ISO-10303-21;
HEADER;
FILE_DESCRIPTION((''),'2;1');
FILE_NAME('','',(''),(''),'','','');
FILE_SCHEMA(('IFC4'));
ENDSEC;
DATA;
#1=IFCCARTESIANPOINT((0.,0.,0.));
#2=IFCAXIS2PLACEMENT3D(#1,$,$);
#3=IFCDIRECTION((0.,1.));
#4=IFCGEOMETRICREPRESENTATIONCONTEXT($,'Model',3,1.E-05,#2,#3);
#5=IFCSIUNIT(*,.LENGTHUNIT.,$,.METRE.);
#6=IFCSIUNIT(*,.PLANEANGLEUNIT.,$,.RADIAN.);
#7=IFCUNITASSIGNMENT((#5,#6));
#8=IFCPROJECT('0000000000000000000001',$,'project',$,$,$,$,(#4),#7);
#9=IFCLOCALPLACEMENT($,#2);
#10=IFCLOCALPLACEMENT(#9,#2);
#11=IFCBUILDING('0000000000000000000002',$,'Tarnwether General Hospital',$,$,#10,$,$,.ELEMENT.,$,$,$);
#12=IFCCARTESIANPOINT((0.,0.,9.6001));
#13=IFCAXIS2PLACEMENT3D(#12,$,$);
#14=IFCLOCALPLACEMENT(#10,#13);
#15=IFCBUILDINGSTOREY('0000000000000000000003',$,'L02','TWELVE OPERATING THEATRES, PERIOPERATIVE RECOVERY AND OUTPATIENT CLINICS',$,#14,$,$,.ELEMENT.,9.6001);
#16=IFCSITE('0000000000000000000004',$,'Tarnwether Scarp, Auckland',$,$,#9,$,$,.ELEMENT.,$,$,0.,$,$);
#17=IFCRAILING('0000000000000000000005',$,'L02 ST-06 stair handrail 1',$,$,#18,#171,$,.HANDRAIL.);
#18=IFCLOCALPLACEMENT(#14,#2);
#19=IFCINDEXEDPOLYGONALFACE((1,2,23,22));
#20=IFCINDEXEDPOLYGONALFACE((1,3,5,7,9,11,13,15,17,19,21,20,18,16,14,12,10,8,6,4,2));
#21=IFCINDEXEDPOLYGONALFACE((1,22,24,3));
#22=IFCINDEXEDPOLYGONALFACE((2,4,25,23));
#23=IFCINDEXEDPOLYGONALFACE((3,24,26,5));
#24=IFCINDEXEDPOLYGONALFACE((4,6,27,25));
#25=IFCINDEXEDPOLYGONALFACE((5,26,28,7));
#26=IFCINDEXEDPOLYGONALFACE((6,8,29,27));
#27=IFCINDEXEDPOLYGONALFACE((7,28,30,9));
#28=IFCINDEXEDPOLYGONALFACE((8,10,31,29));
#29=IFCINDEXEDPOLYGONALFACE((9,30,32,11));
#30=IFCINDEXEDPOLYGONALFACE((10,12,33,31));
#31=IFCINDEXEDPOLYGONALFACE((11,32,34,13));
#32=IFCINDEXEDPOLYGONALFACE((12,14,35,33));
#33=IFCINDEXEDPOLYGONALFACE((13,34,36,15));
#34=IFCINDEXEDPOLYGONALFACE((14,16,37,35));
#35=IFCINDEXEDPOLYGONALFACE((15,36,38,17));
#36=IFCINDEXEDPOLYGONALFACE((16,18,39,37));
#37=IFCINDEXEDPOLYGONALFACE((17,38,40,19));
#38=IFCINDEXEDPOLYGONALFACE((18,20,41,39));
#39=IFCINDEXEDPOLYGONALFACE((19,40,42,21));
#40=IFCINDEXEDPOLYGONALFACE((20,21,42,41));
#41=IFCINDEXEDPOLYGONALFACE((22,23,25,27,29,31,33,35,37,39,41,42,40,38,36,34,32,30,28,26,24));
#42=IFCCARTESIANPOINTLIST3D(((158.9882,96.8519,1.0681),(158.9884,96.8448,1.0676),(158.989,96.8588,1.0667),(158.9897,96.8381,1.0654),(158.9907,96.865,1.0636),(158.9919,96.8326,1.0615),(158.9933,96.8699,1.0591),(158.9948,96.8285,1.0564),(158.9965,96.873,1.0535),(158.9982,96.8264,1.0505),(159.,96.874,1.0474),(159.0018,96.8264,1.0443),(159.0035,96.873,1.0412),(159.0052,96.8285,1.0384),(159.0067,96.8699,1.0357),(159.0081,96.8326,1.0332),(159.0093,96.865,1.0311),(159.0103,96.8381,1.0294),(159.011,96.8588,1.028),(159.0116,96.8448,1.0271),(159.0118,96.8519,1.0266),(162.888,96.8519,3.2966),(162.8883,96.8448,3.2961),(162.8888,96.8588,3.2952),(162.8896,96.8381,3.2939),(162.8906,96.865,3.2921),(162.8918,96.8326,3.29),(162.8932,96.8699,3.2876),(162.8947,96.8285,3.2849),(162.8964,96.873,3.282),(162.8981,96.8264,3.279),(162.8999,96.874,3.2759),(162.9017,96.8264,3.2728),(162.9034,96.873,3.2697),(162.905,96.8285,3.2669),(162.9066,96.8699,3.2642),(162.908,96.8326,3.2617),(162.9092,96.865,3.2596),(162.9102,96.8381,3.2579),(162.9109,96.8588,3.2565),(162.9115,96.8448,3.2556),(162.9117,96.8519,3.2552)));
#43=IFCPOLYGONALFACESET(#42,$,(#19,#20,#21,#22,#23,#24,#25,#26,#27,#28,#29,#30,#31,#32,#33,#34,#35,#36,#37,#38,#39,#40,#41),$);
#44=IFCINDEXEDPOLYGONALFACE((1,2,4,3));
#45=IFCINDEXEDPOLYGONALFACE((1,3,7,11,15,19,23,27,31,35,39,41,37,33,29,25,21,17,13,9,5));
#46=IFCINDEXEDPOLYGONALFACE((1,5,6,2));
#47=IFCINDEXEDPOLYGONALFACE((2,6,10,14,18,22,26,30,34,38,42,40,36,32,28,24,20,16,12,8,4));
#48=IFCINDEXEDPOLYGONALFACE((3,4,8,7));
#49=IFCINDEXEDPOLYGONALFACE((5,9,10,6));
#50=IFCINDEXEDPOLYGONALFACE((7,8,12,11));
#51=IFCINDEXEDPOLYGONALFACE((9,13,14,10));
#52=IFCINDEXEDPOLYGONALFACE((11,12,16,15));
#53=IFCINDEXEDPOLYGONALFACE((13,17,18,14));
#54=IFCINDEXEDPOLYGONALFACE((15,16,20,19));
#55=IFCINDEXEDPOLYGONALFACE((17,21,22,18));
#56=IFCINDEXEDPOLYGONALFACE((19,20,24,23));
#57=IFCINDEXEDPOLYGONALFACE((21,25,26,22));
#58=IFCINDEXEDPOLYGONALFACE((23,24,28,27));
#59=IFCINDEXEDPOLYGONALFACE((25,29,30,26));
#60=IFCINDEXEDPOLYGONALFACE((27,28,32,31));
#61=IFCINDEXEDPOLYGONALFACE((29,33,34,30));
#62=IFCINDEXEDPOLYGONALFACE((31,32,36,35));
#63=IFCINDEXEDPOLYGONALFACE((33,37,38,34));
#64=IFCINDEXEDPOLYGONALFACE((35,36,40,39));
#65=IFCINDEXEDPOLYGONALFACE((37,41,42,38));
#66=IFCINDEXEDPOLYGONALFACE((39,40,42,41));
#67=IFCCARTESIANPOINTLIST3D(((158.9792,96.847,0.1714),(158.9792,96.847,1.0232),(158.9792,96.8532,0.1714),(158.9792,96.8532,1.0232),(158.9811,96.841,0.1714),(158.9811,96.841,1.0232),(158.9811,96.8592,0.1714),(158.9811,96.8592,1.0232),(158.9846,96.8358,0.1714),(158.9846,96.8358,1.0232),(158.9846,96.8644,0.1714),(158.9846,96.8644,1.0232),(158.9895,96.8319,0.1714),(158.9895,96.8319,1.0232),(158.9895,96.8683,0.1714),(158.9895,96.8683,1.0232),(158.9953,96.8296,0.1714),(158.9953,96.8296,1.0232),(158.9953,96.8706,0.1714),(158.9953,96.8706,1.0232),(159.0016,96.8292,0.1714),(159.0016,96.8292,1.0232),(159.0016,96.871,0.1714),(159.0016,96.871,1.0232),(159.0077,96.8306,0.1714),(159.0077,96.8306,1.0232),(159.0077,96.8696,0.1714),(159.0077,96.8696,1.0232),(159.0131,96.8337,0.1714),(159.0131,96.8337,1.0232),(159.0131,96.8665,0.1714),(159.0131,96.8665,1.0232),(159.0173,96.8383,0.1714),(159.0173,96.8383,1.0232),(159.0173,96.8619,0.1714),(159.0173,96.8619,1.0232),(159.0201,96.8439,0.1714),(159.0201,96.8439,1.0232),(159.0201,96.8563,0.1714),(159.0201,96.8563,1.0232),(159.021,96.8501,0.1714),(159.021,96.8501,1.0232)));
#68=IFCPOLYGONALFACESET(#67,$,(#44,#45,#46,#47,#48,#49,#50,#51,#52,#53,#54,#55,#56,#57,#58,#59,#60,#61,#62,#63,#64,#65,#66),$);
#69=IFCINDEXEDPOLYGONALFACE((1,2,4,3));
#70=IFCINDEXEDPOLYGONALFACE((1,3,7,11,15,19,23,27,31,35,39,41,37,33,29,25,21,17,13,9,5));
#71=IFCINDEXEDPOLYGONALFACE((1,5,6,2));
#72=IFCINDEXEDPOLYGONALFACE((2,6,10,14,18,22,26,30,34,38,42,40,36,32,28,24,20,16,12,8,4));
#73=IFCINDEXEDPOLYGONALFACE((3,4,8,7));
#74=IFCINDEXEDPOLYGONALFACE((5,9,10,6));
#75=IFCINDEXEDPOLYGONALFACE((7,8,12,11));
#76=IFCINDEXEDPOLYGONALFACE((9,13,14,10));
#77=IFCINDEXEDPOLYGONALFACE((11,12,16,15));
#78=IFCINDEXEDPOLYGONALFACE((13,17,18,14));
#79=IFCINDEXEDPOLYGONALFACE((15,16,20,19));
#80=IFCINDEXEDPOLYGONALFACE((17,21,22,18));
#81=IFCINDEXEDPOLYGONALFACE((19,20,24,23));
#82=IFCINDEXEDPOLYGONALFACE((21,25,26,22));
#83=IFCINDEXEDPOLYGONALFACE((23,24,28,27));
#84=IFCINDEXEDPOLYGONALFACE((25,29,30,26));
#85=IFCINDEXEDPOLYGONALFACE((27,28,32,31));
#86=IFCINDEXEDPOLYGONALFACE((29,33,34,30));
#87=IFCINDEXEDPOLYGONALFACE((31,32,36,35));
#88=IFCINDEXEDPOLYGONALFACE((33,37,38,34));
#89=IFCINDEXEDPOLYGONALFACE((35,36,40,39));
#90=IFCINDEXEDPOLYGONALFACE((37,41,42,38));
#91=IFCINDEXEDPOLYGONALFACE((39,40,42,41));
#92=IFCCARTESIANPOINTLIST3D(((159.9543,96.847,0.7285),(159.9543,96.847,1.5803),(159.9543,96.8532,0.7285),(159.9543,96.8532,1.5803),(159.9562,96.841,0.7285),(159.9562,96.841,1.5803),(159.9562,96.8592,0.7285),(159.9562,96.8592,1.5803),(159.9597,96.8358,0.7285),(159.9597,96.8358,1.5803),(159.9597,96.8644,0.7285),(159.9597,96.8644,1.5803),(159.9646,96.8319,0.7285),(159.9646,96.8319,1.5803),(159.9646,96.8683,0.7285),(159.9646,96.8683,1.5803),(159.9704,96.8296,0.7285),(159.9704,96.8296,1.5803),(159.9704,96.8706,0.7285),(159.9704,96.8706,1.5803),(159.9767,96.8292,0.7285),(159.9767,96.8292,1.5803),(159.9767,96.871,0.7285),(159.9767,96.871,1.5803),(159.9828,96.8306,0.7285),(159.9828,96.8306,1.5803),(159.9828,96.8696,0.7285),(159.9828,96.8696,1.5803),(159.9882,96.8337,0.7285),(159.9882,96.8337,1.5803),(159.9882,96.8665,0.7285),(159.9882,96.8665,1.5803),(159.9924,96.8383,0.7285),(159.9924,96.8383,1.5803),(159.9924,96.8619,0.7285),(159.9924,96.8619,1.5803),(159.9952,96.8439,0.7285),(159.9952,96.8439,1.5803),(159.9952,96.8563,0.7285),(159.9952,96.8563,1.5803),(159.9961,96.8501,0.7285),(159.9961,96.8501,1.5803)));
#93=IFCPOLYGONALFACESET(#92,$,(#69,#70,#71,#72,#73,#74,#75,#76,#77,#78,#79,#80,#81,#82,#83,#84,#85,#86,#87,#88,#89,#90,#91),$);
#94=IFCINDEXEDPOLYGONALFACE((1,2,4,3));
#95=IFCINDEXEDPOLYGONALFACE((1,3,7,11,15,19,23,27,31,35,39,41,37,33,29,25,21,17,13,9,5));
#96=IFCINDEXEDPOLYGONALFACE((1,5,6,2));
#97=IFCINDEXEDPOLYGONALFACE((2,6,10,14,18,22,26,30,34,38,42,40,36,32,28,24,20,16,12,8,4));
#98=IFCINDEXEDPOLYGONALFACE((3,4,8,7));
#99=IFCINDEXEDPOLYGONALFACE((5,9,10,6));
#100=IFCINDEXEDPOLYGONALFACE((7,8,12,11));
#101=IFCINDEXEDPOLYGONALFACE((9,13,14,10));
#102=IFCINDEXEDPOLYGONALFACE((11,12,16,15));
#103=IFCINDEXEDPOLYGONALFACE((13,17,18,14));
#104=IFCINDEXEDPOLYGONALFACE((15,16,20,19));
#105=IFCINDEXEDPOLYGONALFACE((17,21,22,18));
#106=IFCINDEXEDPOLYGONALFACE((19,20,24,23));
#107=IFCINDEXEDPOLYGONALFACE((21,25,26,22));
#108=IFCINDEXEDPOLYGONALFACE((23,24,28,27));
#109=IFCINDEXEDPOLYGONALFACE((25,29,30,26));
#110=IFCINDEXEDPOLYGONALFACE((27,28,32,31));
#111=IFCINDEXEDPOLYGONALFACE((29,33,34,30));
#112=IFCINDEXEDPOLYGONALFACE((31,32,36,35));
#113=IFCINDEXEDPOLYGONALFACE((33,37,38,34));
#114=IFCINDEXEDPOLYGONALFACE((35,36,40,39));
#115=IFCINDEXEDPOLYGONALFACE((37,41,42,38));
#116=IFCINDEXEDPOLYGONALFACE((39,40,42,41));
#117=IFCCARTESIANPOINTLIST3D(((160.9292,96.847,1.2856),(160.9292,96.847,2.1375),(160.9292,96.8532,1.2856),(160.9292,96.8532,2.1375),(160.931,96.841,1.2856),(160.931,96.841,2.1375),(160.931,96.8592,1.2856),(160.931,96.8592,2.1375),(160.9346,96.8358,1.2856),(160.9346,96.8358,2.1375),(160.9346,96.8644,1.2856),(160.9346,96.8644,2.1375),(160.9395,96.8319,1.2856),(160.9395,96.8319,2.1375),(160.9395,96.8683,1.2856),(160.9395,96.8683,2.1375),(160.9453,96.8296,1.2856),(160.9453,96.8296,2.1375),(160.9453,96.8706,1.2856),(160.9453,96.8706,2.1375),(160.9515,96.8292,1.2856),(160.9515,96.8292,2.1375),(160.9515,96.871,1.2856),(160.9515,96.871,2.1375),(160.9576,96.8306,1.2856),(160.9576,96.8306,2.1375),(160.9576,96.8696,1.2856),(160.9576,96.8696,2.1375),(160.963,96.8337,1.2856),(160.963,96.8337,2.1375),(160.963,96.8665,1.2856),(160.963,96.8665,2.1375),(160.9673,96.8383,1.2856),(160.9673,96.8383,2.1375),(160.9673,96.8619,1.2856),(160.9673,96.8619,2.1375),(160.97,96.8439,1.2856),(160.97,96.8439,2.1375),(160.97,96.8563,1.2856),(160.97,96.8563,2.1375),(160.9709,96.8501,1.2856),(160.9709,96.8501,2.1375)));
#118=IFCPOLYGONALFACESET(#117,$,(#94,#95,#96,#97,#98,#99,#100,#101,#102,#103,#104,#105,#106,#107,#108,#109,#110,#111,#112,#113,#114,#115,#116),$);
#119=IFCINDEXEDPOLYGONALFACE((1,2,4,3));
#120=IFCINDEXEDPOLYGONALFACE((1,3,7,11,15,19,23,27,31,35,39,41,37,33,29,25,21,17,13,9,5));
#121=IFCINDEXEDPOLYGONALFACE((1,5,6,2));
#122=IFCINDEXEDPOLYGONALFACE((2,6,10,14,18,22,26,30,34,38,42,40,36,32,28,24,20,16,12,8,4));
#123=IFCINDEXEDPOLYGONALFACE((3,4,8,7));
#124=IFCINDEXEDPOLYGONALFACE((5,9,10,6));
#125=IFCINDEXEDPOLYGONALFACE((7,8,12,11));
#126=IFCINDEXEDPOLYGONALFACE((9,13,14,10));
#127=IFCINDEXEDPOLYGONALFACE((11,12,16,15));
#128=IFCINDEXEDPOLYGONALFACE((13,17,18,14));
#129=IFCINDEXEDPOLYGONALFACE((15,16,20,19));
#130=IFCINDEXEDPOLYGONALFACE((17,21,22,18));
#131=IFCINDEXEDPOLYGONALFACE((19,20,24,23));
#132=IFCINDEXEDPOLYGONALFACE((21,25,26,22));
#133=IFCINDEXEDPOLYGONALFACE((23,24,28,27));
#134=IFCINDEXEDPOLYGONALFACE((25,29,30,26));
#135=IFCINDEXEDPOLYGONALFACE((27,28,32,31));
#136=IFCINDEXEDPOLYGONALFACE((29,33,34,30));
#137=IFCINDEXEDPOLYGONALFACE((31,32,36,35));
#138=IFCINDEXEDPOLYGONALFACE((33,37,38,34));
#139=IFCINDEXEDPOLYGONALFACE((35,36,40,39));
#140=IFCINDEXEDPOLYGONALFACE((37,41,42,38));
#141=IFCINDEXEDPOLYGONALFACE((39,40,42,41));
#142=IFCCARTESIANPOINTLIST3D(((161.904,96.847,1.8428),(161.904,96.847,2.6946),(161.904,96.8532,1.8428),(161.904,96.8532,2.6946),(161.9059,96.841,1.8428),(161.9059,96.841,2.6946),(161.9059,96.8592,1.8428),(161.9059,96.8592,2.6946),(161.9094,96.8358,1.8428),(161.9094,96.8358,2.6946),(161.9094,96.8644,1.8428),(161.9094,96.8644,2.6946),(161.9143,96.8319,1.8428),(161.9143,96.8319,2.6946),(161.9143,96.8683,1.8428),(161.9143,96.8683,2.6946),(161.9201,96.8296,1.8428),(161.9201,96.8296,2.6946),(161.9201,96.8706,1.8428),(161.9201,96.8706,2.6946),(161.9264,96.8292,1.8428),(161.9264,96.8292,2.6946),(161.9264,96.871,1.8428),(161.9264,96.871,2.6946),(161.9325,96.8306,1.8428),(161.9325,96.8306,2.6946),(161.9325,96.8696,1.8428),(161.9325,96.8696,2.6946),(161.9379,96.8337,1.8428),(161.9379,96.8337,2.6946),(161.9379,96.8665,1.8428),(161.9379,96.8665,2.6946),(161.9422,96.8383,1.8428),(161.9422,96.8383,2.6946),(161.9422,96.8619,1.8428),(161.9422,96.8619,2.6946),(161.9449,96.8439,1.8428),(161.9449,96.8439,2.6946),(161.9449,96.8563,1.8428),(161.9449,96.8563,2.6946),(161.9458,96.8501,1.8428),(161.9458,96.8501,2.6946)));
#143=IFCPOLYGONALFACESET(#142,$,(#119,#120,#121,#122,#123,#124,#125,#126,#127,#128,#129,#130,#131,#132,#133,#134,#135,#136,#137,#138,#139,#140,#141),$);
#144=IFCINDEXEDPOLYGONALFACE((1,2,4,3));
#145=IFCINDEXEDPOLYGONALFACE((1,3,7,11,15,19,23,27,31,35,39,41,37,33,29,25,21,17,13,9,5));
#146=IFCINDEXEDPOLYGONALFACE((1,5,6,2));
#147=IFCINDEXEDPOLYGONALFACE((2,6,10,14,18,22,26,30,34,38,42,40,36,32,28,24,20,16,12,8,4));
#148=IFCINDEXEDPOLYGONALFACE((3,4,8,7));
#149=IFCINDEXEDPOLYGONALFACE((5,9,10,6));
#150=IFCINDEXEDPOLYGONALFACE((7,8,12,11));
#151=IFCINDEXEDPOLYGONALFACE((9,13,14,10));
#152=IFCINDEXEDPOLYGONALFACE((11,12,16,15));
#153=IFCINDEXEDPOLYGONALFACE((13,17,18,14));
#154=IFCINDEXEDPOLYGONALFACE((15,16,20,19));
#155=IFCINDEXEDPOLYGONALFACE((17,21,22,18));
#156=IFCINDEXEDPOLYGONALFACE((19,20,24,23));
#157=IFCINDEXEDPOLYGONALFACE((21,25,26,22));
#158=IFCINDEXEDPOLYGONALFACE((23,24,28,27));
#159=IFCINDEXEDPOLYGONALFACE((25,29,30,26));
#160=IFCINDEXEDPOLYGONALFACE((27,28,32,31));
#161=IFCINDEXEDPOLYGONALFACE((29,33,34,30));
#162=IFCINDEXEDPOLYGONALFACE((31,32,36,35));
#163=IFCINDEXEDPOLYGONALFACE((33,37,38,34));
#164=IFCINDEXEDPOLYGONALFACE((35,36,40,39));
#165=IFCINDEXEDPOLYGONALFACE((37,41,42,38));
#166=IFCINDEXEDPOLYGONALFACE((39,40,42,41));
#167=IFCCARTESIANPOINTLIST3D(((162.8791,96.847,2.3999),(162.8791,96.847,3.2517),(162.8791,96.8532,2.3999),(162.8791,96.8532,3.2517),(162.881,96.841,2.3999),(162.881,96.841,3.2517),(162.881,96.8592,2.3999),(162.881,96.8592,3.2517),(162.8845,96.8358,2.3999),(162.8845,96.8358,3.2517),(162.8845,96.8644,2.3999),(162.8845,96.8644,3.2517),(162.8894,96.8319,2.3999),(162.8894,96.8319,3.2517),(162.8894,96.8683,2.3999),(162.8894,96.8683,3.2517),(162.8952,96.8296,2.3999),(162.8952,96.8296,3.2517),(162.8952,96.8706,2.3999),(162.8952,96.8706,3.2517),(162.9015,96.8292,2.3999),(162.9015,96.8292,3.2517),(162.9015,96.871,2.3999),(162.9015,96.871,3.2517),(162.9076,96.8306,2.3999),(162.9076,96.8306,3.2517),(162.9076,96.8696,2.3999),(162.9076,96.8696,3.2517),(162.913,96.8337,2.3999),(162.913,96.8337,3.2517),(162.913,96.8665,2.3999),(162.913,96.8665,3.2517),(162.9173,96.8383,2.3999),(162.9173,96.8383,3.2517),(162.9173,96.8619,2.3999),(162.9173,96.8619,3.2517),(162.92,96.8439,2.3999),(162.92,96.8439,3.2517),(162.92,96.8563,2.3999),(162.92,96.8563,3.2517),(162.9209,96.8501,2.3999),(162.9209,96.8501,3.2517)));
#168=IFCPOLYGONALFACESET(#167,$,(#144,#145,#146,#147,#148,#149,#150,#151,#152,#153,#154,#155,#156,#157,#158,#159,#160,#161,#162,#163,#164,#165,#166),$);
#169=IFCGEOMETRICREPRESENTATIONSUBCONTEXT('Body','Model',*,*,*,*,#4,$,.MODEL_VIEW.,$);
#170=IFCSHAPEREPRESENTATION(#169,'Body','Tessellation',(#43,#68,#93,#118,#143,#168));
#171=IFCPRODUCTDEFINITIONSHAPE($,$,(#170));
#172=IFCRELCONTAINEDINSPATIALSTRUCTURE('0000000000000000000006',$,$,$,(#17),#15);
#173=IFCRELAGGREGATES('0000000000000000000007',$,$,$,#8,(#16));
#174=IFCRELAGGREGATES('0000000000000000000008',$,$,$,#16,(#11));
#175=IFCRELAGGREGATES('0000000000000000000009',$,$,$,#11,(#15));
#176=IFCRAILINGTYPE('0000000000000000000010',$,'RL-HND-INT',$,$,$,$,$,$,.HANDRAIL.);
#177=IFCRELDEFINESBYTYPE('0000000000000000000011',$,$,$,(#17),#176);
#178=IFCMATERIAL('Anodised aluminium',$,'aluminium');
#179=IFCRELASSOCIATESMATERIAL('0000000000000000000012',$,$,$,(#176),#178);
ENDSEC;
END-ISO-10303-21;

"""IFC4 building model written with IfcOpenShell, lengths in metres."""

from ifc_helpers import new_model, si_unit, direction, frame, origin, origin_2d, place, context, subcontext, project, spatial, circle, extrude, material, type_object, element, save


model = new_model("IFC4")

# Units and contexts
model_context = context("Model", 3, precision=1e-05, world=origin(), true_north=direction((0.0, 1.0)))
body_context = subcontext(model_context, "Body", "Model", "MODEL_VIEW")
ifc_project = project(units=[si_unit("LENGTHUNIT", "METRE"), si_unit("PLANEANGLEUNIT", "RADIAN")], contexts=[model_context])

# Site, building, storey
site_placement = place(None, origin())
site = spatial("IfcSite", under=ifc_project, at=site_placement, Name="Tarnwether Scarp, Auckland", CompositionType="ELEMENT", RefElevation=0.0)
building_placement = place(site_placement, origin())
building = spatial("IfcBuilding", under=site, at=building_placement, Name="Tarnwether General Hospital", CompositionType="ELEMENT")
storey_placement = place(building_placement, frame((0.0, 0.0, 9.6001)))
storey = spatial("IfcBuildingStorey", under=building, at=storey_placement, Name="L02", Description="TWELVE OPERATING THEATRES, PERIOPERATIVE RECOVERY AND OUTPATIENT CLINICS", CompositionType="ELEMENT", Elevation=9.6001)

# Railing
ifc_material_1 = material(Name="Anodised aluminium", Category="aluminium")
railing_type = type_object("IfcRailingType", Name="RL-HND-INT", PredefinedType="HANDRAIL", material=ifc_material_1)
railing_placement = place(storey_placement, frame((159.0, 96.8501, 0.1714)))
element("IfcRailing", 1, at=railing_placement, inside=storey, type_object=railing_type, Name="L02 ST-06 stair handrail 1", PredefinedType="HANDRAIL", context=body_context, shape_type="SweptSolid", body=[
    extrude(circle(Radius=0.0239, at=origin_2d()), frame((0.0, 0.0, 0.876), z_axis=(0.868243, 0.0, 0.496139), x_axis=(0.0, 1.0, 0.0)), (0.0, 0.0, 1.0), 4.4917),
    extrude(circle(Radius=0.021, at=origin_2d()), origin(), (0.0, 0.0, 1.0), 0.8518),
    extrude(circle(Radius=0.021, at=origin_2d()), frame((0.9751, 0.0, 0.5571)), (0.0, 0.0, 1.0), 0.8518),
    extrude(circle(Radius=0.021, at=origin_2d()), frame((1.95, 0.0, 1.1143)), (0.0, 0.0, 1.0), 0.8518),
    extrude(circle(Radius=0.021, at=origin_2d()), frame((2.9248, 0.0, 1.6714)), (0.0, 0.0, 1.0), 0.8518),
    extrude(circle(Radius=0.021, at=origin_2d()), frame((3.8999, 0.0, 2.2285)), (0.0, 0.0, 1.0), 0.8518),
])

save(model, "model.ifc")
